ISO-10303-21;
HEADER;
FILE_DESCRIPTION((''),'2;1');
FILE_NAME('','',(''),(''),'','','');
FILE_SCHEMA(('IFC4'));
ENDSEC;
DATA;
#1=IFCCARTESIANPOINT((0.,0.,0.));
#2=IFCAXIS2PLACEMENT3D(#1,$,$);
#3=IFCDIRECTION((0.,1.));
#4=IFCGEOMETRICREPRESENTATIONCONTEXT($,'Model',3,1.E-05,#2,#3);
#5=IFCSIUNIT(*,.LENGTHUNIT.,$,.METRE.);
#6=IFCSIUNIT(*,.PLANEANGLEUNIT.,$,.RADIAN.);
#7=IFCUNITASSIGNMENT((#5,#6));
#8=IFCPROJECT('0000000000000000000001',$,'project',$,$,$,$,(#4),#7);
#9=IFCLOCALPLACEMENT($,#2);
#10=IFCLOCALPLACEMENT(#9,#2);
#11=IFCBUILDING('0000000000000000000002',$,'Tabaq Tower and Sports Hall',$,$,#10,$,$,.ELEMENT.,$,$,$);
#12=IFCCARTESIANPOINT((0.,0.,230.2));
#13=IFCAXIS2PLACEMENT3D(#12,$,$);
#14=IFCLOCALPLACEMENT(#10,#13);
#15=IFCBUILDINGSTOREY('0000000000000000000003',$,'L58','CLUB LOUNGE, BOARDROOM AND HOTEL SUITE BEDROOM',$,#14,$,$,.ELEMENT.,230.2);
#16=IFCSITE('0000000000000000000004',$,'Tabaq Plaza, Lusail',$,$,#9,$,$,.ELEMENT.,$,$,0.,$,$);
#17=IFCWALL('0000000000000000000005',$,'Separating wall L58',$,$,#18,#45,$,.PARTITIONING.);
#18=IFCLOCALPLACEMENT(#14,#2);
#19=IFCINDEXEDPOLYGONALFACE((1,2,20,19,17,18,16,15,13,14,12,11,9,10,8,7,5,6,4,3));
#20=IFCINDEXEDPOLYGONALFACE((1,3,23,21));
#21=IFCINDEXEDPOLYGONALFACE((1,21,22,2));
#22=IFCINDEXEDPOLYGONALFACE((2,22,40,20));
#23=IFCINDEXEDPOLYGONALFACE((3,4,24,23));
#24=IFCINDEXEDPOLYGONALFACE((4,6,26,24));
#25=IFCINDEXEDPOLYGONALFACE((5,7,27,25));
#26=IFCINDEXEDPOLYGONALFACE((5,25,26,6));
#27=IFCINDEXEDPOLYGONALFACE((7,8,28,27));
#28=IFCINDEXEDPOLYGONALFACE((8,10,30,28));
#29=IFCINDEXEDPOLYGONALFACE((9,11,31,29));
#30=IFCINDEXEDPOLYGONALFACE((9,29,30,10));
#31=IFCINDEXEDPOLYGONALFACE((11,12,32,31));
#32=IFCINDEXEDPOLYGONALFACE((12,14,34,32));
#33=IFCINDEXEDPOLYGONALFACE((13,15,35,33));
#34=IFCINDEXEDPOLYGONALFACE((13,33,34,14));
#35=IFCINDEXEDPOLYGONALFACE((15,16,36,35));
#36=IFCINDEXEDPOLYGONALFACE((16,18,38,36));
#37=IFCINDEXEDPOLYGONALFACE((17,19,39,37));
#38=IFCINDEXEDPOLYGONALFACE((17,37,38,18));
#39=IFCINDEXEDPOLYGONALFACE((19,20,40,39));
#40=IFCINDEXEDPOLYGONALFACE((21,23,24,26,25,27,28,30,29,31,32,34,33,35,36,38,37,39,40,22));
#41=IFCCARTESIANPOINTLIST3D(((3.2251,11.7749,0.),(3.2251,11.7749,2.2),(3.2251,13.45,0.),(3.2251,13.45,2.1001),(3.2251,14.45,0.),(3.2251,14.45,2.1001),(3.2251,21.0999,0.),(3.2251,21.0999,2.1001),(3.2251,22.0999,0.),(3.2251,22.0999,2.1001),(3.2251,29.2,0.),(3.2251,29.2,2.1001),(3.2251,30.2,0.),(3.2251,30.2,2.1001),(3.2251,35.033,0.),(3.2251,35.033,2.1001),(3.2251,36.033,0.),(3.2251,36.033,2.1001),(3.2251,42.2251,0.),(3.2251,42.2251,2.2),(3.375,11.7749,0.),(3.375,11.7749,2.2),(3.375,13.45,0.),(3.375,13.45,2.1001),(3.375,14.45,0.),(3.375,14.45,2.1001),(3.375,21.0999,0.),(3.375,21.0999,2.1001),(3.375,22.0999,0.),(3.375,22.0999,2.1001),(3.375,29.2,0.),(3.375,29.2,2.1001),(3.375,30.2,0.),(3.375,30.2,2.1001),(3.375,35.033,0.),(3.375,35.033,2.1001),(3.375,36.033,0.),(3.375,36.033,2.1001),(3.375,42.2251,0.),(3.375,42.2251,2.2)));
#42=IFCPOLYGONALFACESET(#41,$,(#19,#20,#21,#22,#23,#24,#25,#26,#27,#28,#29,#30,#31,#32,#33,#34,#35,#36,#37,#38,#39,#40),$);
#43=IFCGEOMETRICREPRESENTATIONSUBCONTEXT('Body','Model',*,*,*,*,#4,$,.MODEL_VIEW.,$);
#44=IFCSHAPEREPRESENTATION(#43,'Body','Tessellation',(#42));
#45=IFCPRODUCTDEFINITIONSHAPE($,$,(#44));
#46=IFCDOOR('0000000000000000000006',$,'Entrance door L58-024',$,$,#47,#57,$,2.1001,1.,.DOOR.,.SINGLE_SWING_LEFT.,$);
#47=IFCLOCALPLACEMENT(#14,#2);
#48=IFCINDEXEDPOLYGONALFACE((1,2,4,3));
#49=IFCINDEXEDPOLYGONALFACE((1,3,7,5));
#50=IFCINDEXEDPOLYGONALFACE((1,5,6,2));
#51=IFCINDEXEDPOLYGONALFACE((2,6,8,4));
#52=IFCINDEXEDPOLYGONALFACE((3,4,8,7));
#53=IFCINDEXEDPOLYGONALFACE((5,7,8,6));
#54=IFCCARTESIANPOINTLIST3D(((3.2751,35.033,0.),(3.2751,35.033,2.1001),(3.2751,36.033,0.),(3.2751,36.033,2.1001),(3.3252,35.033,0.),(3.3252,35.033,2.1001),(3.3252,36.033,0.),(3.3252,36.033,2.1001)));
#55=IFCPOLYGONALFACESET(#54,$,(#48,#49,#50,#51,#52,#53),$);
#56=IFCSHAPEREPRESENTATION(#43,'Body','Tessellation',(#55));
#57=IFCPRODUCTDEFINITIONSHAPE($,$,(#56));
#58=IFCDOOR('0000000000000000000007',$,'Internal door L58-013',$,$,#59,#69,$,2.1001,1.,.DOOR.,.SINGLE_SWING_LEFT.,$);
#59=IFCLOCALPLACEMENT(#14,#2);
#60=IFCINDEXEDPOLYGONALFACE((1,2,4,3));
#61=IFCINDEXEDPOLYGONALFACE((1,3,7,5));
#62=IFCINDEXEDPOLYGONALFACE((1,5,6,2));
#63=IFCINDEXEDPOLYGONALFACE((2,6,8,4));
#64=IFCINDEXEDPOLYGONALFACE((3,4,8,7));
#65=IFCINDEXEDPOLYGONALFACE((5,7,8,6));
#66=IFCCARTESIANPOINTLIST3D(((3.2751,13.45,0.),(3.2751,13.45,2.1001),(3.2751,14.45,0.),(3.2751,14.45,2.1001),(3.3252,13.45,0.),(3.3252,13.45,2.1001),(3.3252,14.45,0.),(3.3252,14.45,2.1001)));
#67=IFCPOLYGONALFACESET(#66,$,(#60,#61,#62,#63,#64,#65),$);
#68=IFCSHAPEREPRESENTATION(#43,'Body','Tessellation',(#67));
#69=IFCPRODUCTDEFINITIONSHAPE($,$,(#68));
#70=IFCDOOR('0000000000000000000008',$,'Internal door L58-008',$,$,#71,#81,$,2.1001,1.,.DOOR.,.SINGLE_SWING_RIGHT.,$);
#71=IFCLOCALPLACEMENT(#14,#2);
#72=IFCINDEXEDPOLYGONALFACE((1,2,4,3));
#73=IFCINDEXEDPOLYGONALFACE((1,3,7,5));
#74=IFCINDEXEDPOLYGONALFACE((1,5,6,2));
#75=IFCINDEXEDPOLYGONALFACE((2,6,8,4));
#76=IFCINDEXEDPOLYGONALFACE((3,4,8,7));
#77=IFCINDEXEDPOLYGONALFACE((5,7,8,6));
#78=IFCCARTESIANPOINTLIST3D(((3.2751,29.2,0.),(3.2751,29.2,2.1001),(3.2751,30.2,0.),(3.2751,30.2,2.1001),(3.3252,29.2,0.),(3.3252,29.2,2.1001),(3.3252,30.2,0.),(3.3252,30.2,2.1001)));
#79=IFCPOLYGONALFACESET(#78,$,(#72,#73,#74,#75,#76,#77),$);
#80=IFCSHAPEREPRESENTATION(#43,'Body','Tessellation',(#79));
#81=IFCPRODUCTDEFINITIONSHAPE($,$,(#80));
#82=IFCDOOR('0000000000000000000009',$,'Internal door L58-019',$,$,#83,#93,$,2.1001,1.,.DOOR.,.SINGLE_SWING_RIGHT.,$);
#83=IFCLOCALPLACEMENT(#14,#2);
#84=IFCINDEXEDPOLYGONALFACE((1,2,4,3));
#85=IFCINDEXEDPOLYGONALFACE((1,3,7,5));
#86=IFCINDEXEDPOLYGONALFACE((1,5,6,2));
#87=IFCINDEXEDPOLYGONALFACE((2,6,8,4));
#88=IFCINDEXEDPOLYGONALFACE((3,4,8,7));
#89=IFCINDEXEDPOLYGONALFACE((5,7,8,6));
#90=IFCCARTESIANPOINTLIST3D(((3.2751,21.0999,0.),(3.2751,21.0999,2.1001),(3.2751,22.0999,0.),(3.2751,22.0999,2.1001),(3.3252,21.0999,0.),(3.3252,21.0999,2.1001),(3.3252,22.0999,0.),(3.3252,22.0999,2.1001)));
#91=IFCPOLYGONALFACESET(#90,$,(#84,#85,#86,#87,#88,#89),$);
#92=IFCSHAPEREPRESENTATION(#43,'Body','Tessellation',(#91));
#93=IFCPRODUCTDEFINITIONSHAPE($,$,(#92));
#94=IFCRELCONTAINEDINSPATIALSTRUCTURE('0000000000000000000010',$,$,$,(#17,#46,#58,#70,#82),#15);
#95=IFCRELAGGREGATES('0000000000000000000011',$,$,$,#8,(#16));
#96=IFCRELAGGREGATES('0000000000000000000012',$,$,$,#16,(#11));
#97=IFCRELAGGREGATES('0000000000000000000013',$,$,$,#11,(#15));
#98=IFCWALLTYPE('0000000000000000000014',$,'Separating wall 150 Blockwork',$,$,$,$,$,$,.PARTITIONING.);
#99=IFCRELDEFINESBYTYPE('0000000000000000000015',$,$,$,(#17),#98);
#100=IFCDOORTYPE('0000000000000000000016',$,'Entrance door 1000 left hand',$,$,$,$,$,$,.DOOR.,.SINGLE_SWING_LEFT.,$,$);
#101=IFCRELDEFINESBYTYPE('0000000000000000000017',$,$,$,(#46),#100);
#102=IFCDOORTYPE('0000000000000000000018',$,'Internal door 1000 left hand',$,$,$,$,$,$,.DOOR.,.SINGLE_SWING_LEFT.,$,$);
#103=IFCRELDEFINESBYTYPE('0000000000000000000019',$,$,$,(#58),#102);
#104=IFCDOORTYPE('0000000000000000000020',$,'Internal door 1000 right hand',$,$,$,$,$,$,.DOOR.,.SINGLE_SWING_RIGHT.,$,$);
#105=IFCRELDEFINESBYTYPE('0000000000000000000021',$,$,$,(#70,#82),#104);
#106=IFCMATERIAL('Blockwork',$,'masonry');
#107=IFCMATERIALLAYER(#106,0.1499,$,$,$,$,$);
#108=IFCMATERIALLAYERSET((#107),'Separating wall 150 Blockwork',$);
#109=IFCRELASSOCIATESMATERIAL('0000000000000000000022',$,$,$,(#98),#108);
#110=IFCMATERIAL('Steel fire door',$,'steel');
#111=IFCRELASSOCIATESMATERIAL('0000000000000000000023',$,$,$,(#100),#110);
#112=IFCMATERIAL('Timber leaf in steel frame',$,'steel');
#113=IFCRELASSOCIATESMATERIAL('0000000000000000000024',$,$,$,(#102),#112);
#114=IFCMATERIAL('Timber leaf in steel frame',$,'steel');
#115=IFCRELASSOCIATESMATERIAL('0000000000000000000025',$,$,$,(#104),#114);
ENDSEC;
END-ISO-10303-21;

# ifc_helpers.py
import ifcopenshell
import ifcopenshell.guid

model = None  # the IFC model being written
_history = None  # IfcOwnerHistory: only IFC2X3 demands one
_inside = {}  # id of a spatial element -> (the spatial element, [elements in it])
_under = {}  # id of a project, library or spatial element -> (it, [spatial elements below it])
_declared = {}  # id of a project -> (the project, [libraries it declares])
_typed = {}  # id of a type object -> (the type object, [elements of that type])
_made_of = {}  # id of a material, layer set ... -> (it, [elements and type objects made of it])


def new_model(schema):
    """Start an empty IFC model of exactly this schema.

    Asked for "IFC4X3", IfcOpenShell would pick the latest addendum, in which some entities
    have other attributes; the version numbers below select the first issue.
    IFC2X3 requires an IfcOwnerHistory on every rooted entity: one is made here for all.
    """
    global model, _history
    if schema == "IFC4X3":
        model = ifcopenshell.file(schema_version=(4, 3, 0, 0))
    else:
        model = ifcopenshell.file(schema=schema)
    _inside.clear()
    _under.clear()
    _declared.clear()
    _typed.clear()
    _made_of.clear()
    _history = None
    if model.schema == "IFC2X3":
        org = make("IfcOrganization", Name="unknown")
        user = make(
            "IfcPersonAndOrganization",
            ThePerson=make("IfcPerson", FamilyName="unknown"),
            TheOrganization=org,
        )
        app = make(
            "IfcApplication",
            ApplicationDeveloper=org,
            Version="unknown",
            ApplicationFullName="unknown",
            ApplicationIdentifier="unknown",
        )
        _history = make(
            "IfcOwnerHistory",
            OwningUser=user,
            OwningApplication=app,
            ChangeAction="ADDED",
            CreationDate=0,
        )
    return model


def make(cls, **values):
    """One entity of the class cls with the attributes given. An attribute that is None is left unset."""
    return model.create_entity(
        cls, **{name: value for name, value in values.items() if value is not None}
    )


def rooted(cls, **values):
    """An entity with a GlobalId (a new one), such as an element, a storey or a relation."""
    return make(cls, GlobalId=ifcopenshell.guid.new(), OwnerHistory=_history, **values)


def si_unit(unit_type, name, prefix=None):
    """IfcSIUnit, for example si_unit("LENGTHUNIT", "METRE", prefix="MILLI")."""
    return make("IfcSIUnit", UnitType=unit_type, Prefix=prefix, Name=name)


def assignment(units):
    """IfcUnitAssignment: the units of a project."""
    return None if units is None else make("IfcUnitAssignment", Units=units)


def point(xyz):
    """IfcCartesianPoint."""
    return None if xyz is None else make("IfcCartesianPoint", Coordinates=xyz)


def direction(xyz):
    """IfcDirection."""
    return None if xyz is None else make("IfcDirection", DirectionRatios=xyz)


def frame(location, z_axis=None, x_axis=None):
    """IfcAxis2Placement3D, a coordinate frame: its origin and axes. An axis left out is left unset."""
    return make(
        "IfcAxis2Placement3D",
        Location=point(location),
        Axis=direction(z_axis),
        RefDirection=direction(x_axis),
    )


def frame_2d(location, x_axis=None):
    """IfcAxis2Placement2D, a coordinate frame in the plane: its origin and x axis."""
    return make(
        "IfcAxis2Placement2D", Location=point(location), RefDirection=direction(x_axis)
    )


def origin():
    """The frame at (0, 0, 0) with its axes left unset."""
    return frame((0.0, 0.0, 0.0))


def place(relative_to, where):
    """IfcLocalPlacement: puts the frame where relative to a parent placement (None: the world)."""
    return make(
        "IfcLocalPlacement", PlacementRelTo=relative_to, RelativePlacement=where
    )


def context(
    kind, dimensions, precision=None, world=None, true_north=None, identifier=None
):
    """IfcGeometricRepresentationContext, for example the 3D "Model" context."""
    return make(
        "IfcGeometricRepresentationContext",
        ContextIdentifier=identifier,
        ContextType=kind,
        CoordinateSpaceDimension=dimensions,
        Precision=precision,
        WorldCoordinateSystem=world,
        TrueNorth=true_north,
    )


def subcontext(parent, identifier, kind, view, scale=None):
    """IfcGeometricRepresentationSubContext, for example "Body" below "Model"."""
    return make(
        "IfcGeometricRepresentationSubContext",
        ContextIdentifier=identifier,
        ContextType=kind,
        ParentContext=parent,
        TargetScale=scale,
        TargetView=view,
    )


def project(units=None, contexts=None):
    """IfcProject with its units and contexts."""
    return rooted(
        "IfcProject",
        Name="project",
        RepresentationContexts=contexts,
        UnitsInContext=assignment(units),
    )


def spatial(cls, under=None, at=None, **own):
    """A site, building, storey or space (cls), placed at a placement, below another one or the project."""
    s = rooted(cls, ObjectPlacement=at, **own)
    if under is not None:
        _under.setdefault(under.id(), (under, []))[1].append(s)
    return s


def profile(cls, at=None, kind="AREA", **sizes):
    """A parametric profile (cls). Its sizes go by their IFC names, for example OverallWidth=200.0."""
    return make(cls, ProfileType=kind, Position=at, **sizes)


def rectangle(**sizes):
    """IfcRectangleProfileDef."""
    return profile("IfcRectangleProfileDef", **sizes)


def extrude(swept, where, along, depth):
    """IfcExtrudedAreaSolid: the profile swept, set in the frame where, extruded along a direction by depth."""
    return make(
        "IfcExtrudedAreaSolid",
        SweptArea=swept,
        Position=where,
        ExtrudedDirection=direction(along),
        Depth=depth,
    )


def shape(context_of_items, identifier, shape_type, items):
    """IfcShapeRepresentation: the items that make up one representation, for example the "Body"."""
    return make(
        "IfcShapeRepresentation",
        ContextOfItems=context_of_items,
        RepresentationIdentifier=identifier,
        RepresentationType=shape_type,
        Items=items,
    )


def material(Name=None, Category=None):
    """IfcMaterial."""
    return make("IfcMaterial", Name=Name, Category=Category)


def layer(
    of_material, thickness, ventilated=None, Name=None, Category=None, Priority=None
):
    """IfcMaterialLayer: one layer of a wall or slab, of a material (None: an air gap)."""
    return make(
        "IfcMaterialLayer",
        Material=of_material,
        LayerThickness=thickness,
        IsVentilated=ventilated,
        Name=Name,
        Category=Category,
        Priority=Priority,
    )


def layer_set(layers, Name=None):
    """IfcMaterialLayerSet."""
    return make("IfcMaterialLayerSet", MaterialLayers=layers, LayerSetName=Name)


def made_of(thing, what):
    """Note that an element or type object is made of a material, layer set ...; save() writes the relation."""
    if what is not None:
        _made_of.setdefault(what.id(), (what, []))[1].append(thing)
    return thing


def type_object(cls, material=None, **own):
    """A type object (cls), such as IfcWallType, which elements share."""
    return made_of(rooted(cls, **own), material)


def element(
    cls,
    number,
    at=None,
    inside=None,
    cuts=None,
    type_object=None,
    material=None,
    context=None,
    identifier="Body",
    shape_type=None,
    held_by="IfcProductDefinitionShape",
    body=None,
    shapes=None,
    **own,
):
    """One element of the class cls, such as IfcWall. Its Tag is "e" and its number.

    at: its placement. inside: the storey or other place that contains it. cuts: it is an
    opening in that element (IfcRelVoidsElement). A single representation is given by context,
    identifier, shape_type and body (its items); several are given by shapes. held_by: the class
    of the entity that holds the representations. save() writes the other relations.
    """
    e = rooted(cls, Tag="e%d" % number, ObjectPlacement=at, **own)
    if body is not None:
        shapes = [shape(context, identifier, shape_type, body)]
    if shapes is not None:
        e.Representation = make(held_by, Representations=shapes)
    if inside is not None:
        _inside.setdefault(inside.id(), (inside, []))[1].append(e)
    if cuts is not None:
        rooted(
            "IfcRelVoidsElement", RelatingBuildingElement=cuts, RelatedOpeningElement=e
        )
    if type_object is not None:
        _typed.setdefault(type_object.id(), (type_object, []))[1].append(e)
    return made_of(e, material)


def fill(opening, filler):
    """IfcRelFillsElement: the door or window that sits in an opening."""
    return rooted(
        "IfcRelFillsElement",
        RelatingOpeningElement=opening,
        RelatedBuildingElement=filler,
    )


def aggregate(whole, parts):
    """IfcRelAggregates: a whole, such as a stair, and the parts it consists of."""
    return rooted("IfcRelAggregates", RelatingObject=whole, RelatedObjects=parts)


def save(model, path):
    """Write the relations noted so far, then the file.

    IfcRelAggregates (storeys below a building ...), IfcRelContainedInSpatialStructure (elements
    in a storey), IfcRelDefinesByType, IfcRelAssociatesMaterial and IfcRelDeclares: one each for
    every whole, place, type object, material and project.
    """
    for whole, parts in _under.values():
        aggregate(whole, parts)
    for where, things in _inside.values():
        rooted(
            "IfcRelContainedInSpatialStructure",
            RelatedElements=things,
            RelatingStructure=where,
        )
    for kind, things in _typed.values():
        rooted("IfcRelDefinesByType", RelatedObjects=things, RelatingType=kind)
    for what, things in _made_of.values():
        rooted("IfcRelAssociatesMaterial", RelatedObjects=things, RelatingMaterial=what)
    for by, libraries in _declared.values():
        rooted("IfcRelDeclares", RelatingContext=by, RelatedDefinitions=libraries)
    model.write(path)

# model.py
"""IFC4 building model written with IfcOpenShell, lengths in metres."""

from ifc_helpers import new_model, si_unit, direction, frame, frame_2d, origin, place, context, subcontext, project, spatial, rectangle, extrude, material, layer, layer_set, type_object, element, fill, save


model = new_model("IFC4")

# Units and contexts
model_context = context("Model", 3, precision=1e-05, world=origin(), true_north=direction((0.0, 1.0)))
body_context = subcontext(model_context, "Body", "Model", "MODEL_VIEW")
ifc_project = project(units=[si_unit("LENGTHUNIT", "METRE"), si_unit("PLANEANGLEUNIT", "RADIAN")], contexts=[model_context])

# Site, building, storey
site_placement = place(None, origin())
site = spatial("IfcSite", under=ifc_project, at=site_placement, Name="Tabaq Plaza, Lusail", CompositionType="ELEMENT", RefElevation=0.0)
building_placement = place(site_placement, origin())
building = spatial("IfcBuilding", under=site, at=building_placement, Name="Tabaq Tower and Sports Hall", CompositionType="ELEMENT")
storey_placement = place(building_placement, frame((0.0, 0.0, 230.2)))
storey = spatial("IfcBuildingStorey", under=building, at=storey_placement, Name="L58", Description="CLUB LOUNGE, BOARDROOM AND HOTEL SUITE BEDROOM", CompositionType="ELEMENT", Elevation=230.2)

# Shared definitions
ifc_material_1 = material(Name="Blockwork", Category="masonry")
ifc_layer_1 = layer(ifc_material_1, 0.1499)
ifc_layer_set_1 = layer_set([ifc_layer_1], Name="Separating wall 150 Blockwork")
wall_type_1 = type_object("IfcWallType", Name="Separating wall 150 Blockwork", PredefinedType="PARTITIONING", material=ifc_layer_set_1)

# Wall, openings, doors
wall_1_placement = place(storey_placement, frame((3.3, 11.7749, 0.0), z_axis=(0.0, 0.0, 1.0), x_axis=(0.0, 1.0, 0.0)))
wall_1 = element("IfcWall", 1, at=wall_1_placement, inside=storey, type_object=wall_type_1, Name="Separating wall L58", PredefinedType="PARTITIONING", context=body_context, shape_type="SweptSolid", body=[
    extrude(rectangle(XDim=30.4502, YDim=0.1499, at=frame_2d((15.2251, 0.0))), origin(), (0.0, 0.0, 1.0), 2.2),
])
opening_1_placement = place(wall_1_placement, frame((17.425, 0.0, 0.0)))
opening_1 = element("IfcOpeningElement", 2, at=opening_1_placement, cuts=wall_1, PredefinedType="OPENING", context=body_context, shape_type="SweptSolid", body=[
    extrude(rectangle(XDim=1.0, YDim=2.1001, at=frame_2d((0.5, 1.05))), frame((0.0, 0.075, 0.0), z_axis=(0.0, -1.0, 0.0), x_axis=(1.0, 0.0, 0.0)), (0.0, 0.0, 1.0), 0.1499),
])
opening_2_placement = place(wall_1_placement, frame((1.675, 0.0, 0.0)))
opening_2 = element("IfcOpeningElement", 3, at=opening_2_placement, cuts=wall_1, PredefinedType="OPENING", context=body_context, shape_type="SweptSolid", body=[
    extrude(rectangle(XDim=1.0, YDim=2.1001, at=frame_2d((0.5, 1.05))), frame((0.0, 0.075, 0.0), z_axis=(0.0, -1.0, 0.0), x_axis=(1.0, 0.0, 0.0)), (0.0, 0.0, 1.0), 0.1499),
])
opening_3_placement = place(wall_1_placement, frame((9.325, 0.0, 0.0)))
opening_3 = element("IfcOpeningElement", 4, at=opening_3_placement, cuts=wall_1, PredefinedType="OPENING", context=body_context, shape_type="SweptSolid", body=[
    extrude(rectangle(XDim=1.0, YDim=2.1001, at=frame_2d((0.5, 1.05))), frame((0.0, 0.075, 0.0), z_axis=(0.0, -1.0, 0.0), x_axis=(1.0, 0.0, 0.0)), (0.0, 0.0, 1.0), 0.1499),
])
opening_4_placement = place(wall_1_placement, frame((23.2581, 0.0, 0.0)))
opening_4 = element("IfcOpeningElement", 5, at=opening_4_placement, cuts=wall_1, PredefinedType="OPENING", context=body_context, shape_type="SweptSolid", body=[
    extrude(rectangle(XDim=1.0, YDim=2.1001, at=frame_2d((0.5, 1.05))), frame((0.0, 0.075, 0.0), z_axis=(0.0, -1.0, 0.0), x_axis=(1.0, 0.0, 0.0)), (0.0, 0.0, 1.0), 0.1499),
])
ifc_material_2 = material(Name="Steel fire door", Category="steel")
door_type_1 = type_object("IfcDoorType", Name="Entrance door 1000 left hand", OperationType="SINGLE_SWING_LEFT", PredefinedType="DOOR", material=ifc_material_2)
door_1_placement = place(opening_4_placement, origin())
door_1 = element("IfcDoor", 6, at=door_1_placement, inside=storey, type_object=door_type_1, Name="Entrance door L58-024", OperationType="SINGLE_SWING_LEFT", OverallHeight=2.1001, OverallWidth=1.0, PredefinedType="DOOR", context=body_context, shape_type="SweptSolid", body=[
    extrude(rectangle(XDim=1.0, YDim=2.1001, at=frame_2d((0.5, 1.05))), frame((0.0, 0.0249, 0.0), z_axis=(0.0, -1.0, 0.0), x_axis=(1.0, 0.0, 0.0)), (0.0, 0.0, 1.0), 0.05),
])
fill(opening_4, door_1)
ifc_material_3 = material(Name="Timber leaf in steel frame", Category="steel")
door_type_2 = type_object("IfcDoorType", Name="Internal door 1000 left hand", OperationType="SINGLE_SWING_LEFT", PredefinedType="DOOR", material=ifc_material_3)
door_2_placement = place(opening_2_placement, origin())
door_2 = element("IfcDoor", 7, at=door_2_placement, inside=storey, type_object=door_type_2, Name="Internal door L58-013", OperationType="SINGLE_SWING_LEFT", OverallHeight=2.1001, OverallWidth=1.0, PredefinedType="DOOR", context=body_context, shape_type="SweptSolid", body=[
    extrude(rectangle(XDim=1.0, YDim=2.1001, at=frame_2d((0.5, 1.05))), frame((0.0, 0.0249, 0.0), z_axis=(0.0, -1.0, 0.0), x_axis=(1.0, 0.0, 0.0)), (0.0, 0.0, 1.0), 0.05),
])
fill(opening_2, door_2)
ifc_material_4 = material(Name="Timber leaf in steel frame", Category="steel")
door_type_3 = type_object("IfcDoorType", Name="Internal door 1000 right hand", OperationType="SINGLE_SWING_RIGHT", PredefinedType="DOOR", material=ifc_material_4)
door_3_placement = place(opening_1_placement, origin())
door_3 = element("IfcDoor", 8, at=door_3_placement, inside=storey, type_object=door_type_3, Name="Internal door L58-008", OperationType="SINGLE_SWING_RIGHT", OverallHeight=2.1001, OverallWidth=1.0, PredefinedType="DOOR", context=body_context, shape_type="SweptSolid", body=[
    extrude(rectangle(XDim=1.0, YDim=2.1001, at=frame_2d((0.5, 1.05))), frame((0.0, 0.0249, 0.0), z_axis=(0.0, -1.0, 0.0), x_axis=(1.0, 0.0, 0.0)), (0.0, 0.0, 1.0), 0.05),
])
fill(opening_1, door_3)
door_4_placement = place(opening_3_placement, origin())
door_4 = element("IfcDoor", 9, at=door_4_placement, inside=storey, type_object=door_type_3, Name="Internal door L58-019", OperationType="SINGLE_SWING_RIGHT", OverallHeight=2.1001, OverallWidth=1.0, PredefinedType="DOOR", context=body_context, shape_type="SweptSolid", body=[
    extrude(rectangle(XDim=1.0, YDim=2.1001, at=frame_2d((0.5, 1.05))), frame((0.0, 0.0249, 0.0), z_axis=(0.0, -1.0, 0.0), x_axis=(1.0, 0.0, 0.0)), (0.0, 0.0, 1.0), 0.05),
])
fill(opening_3, door_4)

save(model, "model.ifc")
